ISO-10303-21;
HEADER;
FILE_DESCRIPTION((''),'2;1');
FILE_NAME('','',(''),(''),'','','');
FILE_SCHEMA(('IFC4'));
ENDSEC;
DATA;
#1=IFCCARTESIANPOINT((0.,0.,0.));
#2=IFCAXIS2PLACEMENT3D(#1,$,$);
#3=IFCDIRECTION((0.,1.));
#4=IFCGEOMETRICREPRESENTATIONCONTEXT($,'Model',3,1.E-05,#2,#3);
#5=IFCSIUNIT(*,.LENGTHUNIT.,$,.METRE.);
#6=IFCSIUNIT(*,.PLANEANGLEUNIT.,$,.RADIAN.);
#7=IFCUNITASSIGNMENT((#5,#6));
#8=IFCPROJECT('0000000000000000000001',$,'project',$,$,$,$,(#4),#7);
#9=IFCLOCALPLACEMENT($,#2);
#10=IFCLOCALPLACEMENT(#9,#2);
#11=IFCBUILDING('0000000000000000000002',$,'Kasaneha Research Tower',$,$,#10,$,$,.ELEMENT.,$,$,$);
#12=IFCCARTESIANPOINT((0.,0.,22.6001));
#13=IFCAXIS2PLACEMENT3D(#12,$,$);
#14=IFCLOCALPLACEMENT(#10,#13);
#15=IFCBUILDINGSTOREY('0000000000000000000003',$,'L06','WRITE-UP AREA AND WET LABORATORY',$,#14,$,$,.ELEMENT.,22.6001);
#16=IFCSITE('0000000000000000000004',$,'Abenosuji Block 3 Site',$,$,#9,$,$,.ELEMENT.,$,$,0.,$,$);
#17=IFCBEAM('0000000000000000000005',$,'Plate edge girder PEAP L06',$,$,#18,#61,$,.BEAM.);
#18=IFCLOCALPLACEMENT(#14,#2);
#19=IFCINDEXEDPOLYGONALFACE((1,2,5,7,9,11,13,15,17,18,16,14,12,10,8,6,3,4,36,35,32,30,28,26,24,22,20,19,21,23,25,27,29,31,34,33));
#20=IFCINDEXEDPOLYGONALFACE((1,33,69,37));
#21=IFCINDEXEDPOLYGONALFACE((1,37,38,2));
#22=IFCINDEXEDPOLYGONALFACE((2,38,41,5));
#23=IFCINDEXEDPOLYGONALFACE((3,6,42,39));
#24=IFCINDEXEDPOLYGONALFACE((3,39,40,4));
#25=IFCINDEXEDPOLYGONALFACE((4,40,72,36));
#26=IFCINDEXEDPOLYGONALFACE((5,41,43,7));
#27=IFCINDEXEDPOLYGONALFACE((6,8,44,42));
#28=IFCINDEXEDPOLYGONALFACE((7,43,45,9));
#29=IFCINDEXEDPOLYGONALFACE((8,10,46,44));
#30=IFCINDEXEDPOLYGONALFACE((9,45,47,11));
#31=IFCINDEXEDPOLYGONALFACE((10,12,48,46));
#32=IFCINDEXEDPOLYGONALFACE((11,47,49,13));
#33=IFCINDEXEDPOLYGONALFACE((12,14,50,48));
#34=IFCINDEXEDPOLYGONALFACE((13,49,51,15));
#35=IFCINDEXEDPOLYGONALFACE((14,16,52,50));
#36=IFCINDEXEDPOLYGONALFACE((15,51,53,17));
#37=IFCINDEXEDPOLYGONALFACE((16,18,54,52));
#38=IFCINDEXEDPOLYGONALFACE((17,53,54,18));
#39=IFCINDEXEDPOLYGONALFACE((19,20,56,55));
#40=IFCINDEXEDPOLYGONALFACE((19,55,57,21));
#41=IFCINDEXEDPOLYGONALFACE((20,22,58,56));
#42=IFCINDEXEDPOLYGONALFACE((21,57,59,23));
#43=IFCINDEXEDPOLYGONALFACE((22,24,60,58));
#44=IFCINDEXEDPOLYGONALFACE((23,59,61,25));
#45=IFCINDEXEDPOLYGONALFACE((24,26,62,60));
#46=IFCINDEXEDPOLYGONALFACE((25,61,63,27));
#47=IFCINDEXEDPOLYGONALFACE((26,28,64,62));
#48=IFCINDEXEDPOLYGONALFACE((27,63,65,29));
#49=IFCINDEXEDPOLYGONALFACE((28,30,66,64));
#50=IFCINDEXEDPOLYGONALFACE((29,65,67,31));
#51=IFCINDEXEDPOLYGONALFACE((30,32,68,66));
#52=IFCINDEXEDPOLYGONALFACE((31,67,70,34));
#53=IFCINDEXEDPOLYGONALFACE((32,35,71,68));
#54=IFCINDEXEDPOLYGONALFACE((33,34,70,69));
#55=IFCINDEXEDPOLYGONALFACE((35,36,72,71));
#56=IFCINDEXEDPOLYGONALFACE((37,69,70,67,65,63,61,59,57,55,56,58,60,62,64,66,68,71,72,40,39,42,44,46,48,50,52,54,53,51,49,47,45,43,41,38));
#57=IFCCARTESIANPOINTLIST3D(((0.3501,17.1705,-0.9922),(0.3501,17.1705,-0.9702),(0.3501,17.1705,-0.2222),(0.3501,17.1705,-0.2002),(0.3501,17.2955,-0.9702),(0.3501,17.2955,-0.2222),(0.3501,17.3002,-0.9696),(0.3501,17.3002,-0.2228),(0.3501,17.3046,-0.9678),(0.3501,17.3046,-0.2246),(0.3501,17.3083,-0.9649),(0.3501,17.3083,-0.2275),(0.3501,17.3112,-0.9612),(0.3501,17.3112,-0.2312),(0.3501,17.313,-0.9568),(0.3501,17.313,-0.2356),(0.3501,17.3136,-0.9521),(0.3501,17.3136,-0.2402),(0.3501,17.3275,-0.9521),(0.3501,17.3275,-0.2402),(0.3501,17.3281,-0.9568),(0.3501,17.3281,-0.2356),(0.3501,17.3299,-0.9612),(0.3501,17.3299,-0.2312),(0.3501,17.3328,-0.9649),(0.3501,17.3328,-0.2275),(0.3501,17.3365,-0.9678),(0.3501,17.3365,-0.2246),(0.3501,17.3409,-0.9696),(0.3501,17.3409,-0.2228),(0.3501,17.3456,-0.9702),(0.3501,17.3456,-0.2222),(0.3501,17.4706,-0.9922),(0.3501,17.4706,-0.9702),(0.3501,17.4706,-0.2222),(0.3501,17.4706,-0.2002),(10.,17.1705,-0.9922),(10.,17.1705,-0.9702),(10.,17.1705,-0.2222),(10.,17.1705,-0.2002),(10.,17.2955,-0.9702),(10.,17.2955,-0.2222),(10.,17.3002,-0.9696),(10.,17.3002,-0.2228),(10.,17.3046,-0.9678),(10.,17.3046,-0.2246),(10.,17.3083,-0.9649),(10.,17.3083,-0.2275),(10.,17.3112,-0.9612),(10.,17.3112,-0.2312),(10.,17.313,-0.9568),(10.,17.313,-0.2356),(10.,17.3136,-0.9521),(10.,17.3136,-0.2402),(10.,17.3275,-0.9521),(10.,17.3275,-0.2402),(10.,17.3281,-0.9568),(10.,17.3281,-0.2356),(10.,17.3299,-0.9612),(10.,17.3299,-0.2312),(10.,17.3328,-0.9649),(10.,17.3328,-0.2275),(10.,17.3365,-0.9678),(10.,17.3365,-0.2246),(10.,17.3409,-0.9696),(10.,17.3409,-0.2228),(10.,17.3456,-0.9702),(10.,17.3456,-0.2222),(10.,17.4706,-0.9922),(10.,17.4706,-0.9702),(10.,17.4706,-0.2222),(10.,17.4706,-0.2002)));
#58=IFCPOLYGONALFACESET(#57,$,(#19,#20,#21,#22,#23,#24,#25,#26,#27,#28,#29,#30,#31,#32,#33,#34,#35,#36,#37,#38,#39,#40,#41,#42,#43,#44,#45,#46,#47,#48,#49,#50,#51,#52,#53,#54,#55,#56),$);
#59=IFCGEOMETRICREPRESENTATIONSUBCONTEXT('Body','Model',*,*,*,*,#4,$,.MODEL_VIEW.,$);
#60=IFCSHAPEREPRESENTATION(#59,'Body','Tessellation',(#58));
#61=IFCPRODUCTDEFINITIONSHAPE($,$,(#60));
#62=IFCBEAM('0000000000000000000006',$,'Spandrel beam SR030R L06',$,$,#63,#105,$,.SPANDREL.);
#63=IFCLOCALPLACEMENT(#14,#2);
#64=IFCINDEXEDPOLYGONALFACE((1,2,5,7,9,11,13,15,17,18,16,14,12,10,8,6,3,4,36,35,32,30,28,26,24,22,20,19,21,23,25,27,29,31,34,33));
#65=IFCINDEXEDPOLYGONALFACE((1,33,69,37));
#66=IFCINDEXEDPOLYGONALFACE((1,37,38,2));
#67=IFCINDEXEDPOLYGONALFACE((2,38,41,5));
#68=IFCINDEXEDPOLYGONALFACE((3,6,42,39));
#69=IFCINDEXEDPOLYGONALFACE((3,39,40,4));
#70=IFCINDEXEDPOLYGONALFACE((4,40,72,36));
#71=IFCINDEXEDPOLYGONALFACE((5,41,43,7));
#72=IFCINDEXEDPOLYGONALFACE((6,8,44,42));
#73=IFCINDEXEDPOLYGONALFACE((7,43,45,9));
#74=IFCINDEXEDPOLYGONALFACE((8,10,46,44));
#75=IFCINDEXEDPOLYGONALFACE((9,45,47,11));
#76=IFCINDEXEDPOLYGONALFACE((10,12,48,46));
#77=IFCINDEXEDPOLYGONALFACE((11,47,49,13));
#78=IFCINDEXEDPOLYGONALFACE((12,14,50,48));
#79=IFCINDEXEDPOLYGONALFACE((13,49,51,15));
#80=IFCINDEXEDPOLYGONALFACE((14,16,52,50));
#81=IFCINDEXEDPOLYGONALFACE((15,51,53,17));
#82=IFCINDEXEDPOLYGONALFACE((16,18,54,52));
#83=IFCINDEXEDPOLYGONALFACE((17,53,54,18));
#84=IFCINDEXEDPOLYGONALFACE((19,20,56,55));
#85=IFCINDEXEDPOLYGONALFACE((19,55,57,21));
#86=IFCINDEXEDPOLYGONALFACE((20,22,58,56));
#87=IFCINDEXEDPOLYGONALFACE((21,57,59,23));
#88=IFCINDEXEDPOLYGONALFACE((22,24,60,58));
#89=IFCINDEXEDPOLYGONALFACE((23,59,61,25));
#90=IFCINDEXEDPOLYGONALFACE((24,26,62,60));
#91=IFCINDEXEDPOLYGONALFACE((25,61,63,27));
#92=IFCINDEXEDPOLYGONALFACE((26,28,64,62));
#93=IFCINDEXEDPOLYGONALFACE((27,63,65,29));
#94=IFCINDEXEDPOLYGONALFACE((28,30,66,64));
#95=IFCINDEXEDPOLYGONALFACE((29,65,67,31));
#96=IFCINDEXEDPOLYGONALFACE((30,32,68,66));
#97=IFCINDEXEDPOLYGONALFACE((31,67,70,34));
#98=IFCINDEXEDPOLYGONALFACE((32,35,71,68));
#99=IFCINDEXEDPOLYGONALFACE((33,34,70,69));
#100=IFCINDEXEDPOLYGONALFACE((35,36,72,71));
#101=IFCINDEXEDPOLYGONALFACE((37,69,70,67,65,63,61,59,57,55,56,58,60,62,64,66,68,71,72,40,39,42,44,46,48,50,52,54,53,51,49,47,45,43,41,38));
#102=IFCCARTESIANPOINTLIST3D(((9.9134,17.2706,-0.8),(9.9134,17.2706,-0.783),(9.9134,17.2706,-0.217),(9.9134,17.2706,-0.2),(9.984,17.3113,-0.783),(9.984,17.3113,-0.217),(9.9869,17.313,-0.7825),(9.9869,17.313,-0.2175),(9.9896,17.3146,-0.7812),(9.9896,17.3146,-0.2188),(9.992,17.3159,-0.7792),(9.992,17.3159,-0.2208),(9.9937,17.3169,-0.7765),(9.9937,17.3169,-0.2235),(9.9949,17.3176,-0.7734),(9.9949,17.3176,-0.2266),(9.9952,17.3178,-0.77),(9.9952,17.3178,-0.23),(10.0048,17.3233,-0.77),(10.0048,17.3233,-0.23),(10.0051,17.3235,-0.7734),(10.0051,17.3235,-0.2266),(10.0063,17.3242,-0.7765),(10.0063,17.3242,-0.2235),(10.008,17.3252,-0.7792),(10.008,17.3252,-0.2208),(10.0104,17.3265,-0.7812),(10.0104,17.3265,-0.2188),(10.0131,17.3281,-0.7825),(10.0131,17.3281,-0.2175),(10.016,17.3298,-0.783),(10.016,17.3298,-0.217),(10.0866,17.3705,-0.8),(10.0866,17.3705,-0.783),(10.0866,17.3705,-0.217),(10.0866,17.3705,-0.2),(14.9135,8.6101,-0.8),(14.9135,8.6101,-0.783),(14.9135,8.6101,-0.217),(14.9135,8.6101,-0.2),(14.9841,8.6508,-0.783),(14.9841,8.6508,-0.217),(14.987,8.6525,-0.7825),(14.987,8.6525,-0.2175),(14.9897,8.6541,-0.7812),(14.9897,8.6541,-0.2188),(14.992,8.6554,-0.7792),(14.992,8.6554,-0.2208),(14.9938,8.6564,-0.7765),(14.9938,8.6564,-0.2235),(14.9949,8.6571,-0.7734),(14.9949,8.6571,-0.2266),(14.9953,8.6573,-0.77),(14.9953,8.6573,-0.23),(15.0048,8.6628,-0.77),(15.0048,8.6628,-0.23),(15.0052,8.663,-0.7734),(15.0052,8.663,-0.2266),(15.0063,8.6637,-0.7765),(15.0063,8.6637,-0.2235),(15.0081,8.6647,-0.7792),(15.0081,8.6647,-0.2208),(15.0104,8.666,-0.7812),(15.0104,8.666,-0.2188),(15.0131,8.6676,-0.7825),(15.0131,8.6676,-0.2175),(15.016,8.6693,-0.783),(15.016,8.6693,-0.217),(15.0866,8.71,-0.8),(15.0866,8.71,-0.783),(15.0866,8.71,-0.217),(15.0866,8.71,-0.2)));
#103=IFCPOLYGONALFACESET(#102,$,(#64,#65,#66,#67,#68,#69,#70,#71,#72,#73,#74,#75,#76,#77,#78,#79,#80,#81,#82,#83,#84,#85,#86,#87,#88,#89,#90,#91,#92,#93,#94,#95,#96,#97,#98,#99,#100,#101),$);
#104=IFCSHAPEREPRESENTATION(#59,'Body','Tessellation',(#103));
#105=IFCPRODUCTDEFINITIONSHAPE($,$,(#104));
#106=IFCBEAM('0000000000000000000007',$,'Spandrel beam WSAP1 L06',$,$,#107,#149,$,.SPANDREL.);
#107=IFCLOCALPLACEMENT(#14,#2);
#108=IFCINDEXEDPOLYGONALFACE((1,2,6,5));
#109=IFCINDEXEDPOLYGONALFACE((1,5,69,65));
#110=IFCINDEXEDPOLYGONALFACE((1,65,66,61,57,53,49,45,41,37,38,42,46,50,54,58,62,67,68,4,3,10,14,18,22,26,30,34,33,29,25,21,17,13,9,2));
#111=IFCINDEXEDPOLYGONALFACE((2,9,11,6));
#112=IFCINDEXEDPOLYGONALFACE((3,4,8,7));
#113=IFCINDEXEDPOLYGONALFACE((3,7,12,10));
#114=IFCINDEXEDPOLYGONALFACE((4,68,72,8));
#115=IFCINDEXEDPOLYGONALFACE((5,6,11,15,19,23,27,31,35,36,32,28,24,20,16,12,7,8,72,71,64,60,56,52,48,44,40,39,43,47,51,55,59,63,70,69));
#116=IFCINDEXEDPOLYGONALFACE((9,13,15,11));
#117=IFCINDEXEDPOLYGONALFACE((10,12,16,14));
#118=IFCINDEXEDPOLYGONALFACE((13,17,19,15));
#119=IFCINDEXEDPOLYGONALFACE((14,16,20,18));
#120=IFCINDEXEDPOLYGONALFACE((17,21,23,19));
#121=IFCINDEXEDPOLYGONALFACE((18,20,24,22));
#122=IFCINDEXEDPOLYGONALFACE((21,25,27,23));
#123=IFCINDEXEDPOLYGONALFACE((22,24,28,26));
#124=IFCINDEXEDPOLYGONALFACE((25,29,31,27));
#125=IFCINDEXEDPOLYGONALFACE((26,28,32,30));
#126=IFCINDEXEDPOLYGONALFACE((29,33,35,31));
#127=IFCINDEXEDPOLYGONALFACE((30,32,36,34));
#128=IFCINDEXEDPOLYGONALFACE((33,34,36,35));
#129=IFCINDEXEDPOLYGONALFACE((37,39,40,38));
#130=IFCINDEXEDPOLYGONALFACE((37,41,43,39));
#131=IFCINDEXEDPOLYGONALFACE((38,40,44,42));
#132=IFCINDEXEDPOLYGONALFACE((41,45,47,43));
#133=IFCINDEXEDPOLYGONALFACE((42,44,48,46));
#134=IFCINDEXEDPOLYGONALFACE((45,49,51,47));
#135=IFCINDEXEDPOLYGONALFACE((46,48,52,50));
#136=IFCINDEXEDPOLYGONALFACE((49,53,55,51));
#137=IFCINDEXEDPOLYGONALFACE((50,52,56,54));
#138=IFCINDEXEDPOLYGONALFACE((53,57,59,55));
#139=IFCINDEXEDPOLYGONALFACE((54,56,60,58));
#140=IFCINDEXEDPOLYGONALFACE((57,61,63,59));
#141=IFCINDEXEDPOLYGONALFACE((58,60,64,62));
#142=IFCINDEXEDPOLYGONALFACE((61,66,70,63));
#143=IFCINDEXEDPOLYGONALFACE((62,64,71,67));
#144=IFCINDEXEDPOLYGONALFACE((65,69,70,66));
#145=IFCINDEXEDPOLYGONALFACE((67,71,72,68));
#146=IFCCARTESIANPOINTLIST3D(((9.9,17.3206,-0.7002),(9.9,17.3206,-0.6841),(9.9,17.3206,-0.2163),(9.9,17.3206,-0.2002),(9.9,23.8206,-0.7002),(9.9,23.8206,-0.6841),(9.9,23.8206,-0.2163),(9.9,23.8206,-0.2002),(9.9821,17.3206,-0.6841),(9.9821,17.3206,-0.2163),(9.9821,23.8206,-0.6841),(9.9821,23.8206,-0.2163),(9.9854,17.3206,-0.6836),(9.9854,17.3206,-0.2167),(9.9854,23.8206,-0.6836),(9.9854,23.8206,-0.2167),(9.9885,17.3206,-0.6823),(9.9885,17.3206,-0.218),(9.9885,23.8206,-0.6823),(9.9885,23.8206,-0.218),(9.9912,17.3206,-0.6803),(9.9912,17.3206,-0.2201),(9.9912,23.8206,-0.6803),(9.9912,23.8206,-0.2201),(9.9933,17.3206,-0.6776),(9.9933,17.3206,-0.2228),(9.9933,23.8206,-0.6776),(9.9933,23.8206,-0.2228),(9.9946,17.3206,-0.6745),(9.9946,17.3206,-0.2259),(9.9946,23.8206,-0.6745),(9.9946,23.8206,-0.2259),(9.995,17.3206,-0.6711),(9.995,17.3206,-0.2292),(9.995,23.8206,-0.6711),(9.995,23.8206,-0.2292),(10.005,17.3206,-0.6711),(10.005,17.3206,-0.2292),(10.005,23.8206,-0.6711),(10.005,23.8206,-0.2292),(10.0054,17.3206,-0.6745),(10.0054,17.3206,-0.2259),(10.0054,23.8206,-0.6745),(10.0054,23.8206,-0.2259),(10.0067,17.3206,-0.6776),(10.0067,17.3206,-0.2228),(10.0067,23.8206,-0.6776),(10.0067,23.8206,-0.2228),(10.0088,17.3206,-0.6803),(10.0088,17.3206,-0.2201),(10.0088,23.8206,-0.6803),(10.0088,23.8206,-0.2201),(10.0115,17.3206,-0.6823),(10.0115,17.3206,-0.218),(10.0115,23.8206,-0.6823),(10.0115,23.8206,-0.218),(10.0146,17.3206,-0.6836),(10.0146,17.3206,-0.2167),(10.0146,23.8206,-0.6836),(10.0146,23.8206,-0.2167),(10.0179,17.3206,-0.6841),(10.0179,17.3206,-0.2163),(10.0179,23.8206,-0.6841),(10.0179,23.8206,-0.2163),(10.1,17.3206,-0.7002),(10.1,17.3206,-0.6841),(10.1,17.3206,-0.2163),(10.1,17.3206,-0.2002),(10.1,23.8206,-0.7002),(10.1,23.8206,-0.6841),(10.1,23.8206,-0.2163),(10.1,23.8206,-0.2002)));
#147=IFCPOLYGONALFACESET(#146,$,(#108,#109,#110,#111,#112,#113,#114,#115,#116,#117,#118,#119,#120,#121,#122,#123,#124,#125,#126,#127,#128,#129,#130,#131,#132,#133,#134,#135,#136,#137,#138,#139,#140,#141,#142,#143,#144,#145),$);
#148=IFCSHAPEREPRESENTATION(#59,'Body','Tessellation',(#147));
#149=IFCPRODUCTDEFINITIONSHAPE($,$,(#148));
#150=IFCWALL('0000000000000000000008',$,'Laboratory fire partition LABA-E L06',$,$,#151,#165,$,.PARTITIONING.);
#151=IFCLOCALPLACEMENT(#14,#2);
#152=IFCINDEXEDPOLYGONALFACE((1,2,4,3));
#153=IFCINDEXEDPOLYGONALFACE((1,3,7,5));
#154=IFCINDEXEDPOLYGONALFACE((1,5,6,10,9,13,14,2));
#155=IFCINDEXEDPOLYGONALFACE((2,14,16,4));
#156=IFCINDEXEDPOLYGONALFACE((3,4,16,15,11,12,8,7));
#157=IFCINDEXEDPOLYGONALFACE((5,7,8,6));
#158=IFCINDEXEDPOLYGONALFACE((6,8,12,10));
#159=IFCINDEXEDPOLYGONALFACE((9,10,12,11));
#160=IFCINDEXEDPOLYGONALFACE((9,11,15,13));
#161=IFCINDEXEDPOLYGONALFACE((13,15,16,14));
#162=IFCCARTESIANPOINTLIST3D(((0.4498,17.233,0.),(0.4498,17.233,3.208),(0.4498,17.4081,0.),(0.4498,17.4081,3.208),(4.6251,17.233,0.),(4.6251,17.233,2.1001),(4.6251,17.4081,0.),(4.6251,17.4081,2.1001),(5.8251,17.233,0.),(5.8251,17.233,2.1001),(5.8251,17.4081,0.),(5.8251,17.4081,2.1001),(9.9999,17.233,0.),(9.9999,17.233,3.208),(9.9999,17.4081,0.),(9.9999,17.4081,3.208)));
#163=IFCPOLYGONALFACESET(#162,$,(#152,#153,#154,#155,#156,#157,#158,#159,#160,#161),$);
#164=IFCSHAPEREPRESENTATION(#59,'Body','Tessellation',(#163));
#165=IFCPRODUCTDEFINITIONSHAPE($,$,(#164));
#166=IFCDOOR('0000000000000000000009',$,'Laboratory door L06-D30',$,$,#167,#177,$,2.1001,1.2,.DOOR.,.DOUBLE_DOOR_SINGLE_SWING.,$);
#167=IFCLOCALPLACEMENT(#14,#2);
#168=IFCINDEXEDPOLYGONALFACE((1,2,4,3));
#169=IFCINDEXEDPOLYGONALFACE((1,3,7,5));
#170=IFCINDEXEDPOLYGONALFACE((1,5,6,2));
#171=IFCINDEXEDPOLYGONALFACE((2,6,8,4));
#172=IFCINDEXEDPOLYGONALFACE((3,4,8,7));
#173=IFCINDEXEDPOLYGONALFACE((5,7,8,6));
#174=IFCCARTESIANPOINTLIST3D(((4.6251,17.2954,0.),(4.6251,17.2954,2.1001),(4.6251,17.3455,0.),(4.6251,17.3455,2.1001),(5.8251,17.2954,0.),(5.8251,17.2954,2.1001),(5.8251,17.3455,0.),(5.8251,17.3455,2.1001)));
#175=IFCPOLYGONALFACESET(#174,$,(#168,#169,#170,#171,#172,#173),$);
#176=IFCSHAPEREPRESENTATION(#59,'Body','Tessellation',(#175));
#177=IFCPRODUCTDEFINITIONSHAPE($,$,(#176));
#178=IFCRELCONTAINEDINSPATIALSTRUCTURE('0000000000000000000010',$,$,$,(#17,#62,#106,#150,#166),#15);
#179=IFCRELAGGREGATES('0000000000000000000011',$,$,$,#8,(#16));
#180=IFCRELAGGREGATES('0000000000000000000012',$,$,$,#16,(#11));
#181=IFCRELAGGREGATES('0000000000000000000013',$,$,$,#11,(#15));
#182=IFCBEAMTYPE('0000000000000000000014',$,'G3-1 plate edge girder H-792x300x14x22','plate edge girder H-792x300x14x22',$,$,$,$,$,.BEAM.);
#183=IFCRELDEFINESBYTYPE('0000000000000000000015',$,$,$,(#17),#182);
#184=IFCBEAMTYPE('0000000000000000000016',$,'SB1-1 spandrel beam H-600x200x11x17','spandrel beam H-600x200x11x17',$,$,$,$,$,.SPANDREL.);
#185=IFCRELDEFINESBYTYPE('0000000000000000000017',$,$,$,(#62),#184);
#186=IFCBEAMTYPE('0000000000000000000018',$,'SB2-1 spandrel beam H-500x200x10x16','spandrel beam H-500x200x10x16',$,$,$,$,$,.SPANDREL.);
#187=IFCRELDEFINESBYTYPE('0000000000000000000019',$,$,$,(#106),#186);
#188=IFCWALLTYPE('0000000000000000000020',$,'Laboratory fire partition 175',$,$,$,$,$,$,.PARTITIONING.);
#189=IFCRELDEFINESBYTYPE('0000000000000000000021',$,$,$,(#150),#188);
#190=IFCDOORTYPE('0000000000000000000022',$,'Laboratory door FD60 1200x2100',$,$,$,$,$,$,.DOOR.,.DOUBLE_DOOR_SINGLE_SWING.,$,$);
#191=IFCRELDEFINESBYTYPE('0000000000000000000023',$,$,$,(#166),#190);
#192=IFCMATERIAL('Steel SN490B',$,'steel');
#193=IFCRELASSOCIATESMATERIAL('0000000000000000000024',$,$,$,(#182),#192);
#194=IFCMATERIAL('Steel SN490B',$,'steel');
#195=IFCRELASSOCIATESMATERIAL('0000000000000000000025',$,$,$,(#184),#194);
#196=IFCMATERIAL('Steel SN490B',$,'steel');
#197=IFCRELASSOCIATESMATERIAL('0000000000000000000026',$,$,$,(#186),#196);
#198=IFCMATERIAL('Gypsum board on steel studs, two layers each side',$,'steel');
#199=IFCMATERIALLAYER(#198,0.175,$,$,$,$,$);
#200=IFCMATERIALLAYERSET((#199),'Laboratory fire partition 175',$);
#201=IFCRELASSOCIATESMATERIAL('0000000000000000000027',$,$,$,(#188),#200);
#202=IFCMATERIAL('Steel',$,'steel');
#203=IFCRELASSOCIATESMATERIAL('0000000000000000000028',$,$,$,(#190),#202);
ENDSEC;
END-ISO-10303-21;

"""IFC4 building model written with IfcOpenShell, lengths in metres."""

from ifc_helpers import new_model, si_unit, direction, frame, frame_2d, origin, origin_2d, place, context, subcontext, project, spatial, rectangle, i_section, extrude, material, layer, layer_set, material_profile, profile_set, type_object, element, fill, save


model = new_model("IFC4")

# Units and contexts
model_context = context("Model", 3, precision=1e-05, world=origin(), true_north=direction((0.0, 1.0)))
body_context = subcontext(model_context, "Body", "Model", "MODEL_VIEW")
ifc_project = project(units=[si_unit("LENGTHUNIT", "METRE"), si_unit("PLANEANGLEUNIT", "RADIAN")], contexts=[model_context])

# Site, building, storey
site_placement = place(None, origin())
site = spatial("IfcSite", under=ifc_project, at=site_placement, Name="Abenosuji Block 3 Site", CompositionType="ELEMENT", RefElevation=0.0)
building_placement = place(site_placement, origin())
building = spatial("IfcBuilding", under=site, at=building_placement, Name="Kasaneha Research Tower", CompositionType="ELEMENT")
storey_placement = place(building_placement, frame((0.0, 0.0, 22.6001)))
storey = spatial("IfcBuildingStorey", under=building, at=storey_placement, Name="L06", Description="WRITE-UP AREA AND WET LABORATORY", CompositionType="ELEMENT", Elevation=22.6001)

# Beams
ifc_material_1 = material(Name="Steel SN490B", Category="steel")
ifc_material_profile_1 = material_profile(ifc_material_1, i_section(OverallWidth=0.3, OverallDepth=0.792, WebThickness=0.0139, FlangeThickness=0.022, FilletRadius=0.0181, at=origin_2d()), Name="H-792x300x14x22")
ifc_profile_set_1 = profile_set([ifc_material_profile_1], Name="Steel SN490B")
beam_type_1 = type_object("IfcBeamType", Name="G3-1 plate edge girder H-792x300x14x22", Description="plate edge girder H-792x300x14x22", PredefinedType="BEAM", material=ifc_profile_set_1)
beam_1_placement = place(storey_placement, frame((10.0, 17.3206, -0.5962), z_axis=(-1.0, 0.0, 0.0), x_axis=(0.0, -1.0, 0.0)))
element("IfcBeam", 1, at=beam_1_placement, inside=storey, type_object=beam_type_1, Name="Plate edge girder PEAP L06", PredefinedType="BEAM", context=body_context, shape_type="SweptSolid", body=[
    extrude(i_section(OverallWidth=0.3, OverallDepth=0.792, WebThickness=0.0139, FlangeThickness=0.022, FilletRadius=0.0181, at=origin_2d()), origin(), (0.0, 0.0, 1.0), 9.6499),
])
ifc_material_2 = material(Name="Steel SN490B", Category="steel")
ifc_material_profile_2 = material_profile(ifc_material_2, i_section(OverallWidth=0.2, OverallDepth=0.6001, WebThickness=0.011, FlangeThickness=0.0171, FilletRadius=0.0129, at=origin_2d()), Name="H-600x200x11x17")
ifc_profile_set_2 = profile_set([ifc_material_profile_2], Name="Steel SN490B")
beam_type_2 = type_object("IfcBeamType", Name="SB1-1 spandrel beam H-600x200x11x17", Description="spandrel beam H-600x200x11x17", PredefinedType="SPANDREL", material=ifc_profile_set_2)
beam_2_placement = place(storey_placement, frame((10.0, 17.3206, -0.5), z_axis=(0.499994, -0.866029, 0.0), x_axis=(0.866029, 0.499994, 0.0)))
element("IfcBeam", 2, at=beam_2_placement, inside=storey, type_object=beam_type_2, Name="Spandrel beam SR030R L06", PredefinedType="SPANDREL", context=body_context, shape_type="SweptSolid", body=[
    extrude(i_section(OverallWidth=0.2, OverallDepth=0.6001, WebThickness=0.011, FlangeThickness=0.0171, FilletRadius=0.0129, at=origin_2d()), origin(), (0.0, 0.0, 1.0), 10.0002),
])
ifc_material_3 = material(Name="Steel SN490B", Category="steel")
ifc_material_profile_3 = material_profile(ifc_material_3, i_section(OverallWidth=0.2, OverallDepth=0.5, WebThickness=0.01, FlangeThickness=0.0161, FilletRadius=0.0129, at=origin_2d()), Name="H-500x200x10x16")
ifc_profile_set_3 = profile_set([ifc_material_profile_3], Name="Steel SN490B")
beam_type_3 = type_object("IfcBeamType", Name="SB2-1 spandrel beam H-500x200x10x16", Description="spandrel beam H-500x200x10x16", PredefinedType="SPANDREL", material=ifc_profile_set_3)
beam_3_placement = place(storey_placement, frame((10.0, 17.3206, -0.4502), z_axis=(0.0, 1.0, 0.0), x_axis=(-1.0, 0.0, 0.0)))
element("IfcBeam", 3, at=beam_3_placement, inside=storey, type_object=beam_type_3, Name="Spandrel beam WSAP1 L06", PredefinedType="SPANDREL", context=body_context, shape_type="SweptSolid", body=[
    extrude(i_section(OverallWidth=0.2, OverallDepth=0.5, WebThickness=0.01, FlangeThickness=0.0161, FilletRadius=0.0129, at=origin_2d()), origin(), (0.0, 0.0, 1.0), 6.5),
])

# Wall, opening, door
ifc_material_4 = material(Name="Gypsum board on steel studs, two layers each side", Category="steel")
ifc_layer_1 = layer(ifc_material_4, 0.175)
ifc_layer_set_1 = layer_set([ifc_layer_1], Name="Laboratory fire partition 175")
wall_type_1 = type_object("IfcWallType", Name="Laboratory fire partition 175", PredefinedType="PARTITIONING", material=ifc_layer_set_1)
wall_1_placement = place(storey_placement, frame((0.45, 17.3206, 0.0), z_axis=(0.0, 0.0, 1.0), x_axis=(1.0, 0.0, 0.0)))
wall_1 = element("IfcWall", 4, at=wall_1_placement, inside=storey, type_object=wall_type_1, Name="Laboratory fire partition LABA-E L06", PredefinedType="PARTITIONING", context=body_context, shape_type="SweptSolid", body=[
    extrude(rectangle(XDim=9.55, YDim=0.175, at=frame_2d((4.7749, 0.0))), origin(), (0.0, 0.0, 1.0), 3.208),
])
opening_1_placement = place(wall_1_placement, frame((4.175, 0.0, 0.0)))
opening_1 = element("IfcOpeningElement", 5, at=opening_1_placement, cuts=wall_1, PredefinedType="OPENING", context=body_context, shape_type="SweptSolid", body=[
    extrude(rectangle(XDim=1.2, YDim=2.1001, at=frame_2d((0.6001, 1.05))), frame((0.0, 0.0977, 0.0), z_axis=(0.0, -1.0, 0.0), x_axis=(1.0, 0.0, 0.0)), (0.0, 0.0, 1.0), 0.1951),
])
ifc_material_5 = material(Name="Steel", Category="steel")
door_type_1 = type_object("IfcDoorType", Name="Laboratory door FD60 1200x2100", OperationType="DOUBLE_DOOR_SINGLE_SWING", PredefinedType="DOOR", material=ifc_material_5)
door_1_placement = place(opening_1_placement, origin())
door_1 = element("IfcDoor", 6, at=door_1_placement, inside=storey, type_object=door_type_1, Name="Laboratory door L06-D30", OperationType="DOUBLE_DOOR_SINGLE_SWING", OverallHeight=2.1001, OverallWidth=1.2, PredefinedType="DOOR", context=body_context, shape_type="SweptSolid", body=[
    extrude(rectangle(XDim=1.2, YDim=2.1001, at=frame_2d((0.6001, 1.05))), frame((0.0, 0.0249, 0.0), z_axis=(0.0, -1.0, 0.0), x_axis=(1.0, 0.0, 0.0)), (0.0, 0.0, 1.0), 0.05),
])
fill(opening_1, door_1)

save(model, "model.ifc")
